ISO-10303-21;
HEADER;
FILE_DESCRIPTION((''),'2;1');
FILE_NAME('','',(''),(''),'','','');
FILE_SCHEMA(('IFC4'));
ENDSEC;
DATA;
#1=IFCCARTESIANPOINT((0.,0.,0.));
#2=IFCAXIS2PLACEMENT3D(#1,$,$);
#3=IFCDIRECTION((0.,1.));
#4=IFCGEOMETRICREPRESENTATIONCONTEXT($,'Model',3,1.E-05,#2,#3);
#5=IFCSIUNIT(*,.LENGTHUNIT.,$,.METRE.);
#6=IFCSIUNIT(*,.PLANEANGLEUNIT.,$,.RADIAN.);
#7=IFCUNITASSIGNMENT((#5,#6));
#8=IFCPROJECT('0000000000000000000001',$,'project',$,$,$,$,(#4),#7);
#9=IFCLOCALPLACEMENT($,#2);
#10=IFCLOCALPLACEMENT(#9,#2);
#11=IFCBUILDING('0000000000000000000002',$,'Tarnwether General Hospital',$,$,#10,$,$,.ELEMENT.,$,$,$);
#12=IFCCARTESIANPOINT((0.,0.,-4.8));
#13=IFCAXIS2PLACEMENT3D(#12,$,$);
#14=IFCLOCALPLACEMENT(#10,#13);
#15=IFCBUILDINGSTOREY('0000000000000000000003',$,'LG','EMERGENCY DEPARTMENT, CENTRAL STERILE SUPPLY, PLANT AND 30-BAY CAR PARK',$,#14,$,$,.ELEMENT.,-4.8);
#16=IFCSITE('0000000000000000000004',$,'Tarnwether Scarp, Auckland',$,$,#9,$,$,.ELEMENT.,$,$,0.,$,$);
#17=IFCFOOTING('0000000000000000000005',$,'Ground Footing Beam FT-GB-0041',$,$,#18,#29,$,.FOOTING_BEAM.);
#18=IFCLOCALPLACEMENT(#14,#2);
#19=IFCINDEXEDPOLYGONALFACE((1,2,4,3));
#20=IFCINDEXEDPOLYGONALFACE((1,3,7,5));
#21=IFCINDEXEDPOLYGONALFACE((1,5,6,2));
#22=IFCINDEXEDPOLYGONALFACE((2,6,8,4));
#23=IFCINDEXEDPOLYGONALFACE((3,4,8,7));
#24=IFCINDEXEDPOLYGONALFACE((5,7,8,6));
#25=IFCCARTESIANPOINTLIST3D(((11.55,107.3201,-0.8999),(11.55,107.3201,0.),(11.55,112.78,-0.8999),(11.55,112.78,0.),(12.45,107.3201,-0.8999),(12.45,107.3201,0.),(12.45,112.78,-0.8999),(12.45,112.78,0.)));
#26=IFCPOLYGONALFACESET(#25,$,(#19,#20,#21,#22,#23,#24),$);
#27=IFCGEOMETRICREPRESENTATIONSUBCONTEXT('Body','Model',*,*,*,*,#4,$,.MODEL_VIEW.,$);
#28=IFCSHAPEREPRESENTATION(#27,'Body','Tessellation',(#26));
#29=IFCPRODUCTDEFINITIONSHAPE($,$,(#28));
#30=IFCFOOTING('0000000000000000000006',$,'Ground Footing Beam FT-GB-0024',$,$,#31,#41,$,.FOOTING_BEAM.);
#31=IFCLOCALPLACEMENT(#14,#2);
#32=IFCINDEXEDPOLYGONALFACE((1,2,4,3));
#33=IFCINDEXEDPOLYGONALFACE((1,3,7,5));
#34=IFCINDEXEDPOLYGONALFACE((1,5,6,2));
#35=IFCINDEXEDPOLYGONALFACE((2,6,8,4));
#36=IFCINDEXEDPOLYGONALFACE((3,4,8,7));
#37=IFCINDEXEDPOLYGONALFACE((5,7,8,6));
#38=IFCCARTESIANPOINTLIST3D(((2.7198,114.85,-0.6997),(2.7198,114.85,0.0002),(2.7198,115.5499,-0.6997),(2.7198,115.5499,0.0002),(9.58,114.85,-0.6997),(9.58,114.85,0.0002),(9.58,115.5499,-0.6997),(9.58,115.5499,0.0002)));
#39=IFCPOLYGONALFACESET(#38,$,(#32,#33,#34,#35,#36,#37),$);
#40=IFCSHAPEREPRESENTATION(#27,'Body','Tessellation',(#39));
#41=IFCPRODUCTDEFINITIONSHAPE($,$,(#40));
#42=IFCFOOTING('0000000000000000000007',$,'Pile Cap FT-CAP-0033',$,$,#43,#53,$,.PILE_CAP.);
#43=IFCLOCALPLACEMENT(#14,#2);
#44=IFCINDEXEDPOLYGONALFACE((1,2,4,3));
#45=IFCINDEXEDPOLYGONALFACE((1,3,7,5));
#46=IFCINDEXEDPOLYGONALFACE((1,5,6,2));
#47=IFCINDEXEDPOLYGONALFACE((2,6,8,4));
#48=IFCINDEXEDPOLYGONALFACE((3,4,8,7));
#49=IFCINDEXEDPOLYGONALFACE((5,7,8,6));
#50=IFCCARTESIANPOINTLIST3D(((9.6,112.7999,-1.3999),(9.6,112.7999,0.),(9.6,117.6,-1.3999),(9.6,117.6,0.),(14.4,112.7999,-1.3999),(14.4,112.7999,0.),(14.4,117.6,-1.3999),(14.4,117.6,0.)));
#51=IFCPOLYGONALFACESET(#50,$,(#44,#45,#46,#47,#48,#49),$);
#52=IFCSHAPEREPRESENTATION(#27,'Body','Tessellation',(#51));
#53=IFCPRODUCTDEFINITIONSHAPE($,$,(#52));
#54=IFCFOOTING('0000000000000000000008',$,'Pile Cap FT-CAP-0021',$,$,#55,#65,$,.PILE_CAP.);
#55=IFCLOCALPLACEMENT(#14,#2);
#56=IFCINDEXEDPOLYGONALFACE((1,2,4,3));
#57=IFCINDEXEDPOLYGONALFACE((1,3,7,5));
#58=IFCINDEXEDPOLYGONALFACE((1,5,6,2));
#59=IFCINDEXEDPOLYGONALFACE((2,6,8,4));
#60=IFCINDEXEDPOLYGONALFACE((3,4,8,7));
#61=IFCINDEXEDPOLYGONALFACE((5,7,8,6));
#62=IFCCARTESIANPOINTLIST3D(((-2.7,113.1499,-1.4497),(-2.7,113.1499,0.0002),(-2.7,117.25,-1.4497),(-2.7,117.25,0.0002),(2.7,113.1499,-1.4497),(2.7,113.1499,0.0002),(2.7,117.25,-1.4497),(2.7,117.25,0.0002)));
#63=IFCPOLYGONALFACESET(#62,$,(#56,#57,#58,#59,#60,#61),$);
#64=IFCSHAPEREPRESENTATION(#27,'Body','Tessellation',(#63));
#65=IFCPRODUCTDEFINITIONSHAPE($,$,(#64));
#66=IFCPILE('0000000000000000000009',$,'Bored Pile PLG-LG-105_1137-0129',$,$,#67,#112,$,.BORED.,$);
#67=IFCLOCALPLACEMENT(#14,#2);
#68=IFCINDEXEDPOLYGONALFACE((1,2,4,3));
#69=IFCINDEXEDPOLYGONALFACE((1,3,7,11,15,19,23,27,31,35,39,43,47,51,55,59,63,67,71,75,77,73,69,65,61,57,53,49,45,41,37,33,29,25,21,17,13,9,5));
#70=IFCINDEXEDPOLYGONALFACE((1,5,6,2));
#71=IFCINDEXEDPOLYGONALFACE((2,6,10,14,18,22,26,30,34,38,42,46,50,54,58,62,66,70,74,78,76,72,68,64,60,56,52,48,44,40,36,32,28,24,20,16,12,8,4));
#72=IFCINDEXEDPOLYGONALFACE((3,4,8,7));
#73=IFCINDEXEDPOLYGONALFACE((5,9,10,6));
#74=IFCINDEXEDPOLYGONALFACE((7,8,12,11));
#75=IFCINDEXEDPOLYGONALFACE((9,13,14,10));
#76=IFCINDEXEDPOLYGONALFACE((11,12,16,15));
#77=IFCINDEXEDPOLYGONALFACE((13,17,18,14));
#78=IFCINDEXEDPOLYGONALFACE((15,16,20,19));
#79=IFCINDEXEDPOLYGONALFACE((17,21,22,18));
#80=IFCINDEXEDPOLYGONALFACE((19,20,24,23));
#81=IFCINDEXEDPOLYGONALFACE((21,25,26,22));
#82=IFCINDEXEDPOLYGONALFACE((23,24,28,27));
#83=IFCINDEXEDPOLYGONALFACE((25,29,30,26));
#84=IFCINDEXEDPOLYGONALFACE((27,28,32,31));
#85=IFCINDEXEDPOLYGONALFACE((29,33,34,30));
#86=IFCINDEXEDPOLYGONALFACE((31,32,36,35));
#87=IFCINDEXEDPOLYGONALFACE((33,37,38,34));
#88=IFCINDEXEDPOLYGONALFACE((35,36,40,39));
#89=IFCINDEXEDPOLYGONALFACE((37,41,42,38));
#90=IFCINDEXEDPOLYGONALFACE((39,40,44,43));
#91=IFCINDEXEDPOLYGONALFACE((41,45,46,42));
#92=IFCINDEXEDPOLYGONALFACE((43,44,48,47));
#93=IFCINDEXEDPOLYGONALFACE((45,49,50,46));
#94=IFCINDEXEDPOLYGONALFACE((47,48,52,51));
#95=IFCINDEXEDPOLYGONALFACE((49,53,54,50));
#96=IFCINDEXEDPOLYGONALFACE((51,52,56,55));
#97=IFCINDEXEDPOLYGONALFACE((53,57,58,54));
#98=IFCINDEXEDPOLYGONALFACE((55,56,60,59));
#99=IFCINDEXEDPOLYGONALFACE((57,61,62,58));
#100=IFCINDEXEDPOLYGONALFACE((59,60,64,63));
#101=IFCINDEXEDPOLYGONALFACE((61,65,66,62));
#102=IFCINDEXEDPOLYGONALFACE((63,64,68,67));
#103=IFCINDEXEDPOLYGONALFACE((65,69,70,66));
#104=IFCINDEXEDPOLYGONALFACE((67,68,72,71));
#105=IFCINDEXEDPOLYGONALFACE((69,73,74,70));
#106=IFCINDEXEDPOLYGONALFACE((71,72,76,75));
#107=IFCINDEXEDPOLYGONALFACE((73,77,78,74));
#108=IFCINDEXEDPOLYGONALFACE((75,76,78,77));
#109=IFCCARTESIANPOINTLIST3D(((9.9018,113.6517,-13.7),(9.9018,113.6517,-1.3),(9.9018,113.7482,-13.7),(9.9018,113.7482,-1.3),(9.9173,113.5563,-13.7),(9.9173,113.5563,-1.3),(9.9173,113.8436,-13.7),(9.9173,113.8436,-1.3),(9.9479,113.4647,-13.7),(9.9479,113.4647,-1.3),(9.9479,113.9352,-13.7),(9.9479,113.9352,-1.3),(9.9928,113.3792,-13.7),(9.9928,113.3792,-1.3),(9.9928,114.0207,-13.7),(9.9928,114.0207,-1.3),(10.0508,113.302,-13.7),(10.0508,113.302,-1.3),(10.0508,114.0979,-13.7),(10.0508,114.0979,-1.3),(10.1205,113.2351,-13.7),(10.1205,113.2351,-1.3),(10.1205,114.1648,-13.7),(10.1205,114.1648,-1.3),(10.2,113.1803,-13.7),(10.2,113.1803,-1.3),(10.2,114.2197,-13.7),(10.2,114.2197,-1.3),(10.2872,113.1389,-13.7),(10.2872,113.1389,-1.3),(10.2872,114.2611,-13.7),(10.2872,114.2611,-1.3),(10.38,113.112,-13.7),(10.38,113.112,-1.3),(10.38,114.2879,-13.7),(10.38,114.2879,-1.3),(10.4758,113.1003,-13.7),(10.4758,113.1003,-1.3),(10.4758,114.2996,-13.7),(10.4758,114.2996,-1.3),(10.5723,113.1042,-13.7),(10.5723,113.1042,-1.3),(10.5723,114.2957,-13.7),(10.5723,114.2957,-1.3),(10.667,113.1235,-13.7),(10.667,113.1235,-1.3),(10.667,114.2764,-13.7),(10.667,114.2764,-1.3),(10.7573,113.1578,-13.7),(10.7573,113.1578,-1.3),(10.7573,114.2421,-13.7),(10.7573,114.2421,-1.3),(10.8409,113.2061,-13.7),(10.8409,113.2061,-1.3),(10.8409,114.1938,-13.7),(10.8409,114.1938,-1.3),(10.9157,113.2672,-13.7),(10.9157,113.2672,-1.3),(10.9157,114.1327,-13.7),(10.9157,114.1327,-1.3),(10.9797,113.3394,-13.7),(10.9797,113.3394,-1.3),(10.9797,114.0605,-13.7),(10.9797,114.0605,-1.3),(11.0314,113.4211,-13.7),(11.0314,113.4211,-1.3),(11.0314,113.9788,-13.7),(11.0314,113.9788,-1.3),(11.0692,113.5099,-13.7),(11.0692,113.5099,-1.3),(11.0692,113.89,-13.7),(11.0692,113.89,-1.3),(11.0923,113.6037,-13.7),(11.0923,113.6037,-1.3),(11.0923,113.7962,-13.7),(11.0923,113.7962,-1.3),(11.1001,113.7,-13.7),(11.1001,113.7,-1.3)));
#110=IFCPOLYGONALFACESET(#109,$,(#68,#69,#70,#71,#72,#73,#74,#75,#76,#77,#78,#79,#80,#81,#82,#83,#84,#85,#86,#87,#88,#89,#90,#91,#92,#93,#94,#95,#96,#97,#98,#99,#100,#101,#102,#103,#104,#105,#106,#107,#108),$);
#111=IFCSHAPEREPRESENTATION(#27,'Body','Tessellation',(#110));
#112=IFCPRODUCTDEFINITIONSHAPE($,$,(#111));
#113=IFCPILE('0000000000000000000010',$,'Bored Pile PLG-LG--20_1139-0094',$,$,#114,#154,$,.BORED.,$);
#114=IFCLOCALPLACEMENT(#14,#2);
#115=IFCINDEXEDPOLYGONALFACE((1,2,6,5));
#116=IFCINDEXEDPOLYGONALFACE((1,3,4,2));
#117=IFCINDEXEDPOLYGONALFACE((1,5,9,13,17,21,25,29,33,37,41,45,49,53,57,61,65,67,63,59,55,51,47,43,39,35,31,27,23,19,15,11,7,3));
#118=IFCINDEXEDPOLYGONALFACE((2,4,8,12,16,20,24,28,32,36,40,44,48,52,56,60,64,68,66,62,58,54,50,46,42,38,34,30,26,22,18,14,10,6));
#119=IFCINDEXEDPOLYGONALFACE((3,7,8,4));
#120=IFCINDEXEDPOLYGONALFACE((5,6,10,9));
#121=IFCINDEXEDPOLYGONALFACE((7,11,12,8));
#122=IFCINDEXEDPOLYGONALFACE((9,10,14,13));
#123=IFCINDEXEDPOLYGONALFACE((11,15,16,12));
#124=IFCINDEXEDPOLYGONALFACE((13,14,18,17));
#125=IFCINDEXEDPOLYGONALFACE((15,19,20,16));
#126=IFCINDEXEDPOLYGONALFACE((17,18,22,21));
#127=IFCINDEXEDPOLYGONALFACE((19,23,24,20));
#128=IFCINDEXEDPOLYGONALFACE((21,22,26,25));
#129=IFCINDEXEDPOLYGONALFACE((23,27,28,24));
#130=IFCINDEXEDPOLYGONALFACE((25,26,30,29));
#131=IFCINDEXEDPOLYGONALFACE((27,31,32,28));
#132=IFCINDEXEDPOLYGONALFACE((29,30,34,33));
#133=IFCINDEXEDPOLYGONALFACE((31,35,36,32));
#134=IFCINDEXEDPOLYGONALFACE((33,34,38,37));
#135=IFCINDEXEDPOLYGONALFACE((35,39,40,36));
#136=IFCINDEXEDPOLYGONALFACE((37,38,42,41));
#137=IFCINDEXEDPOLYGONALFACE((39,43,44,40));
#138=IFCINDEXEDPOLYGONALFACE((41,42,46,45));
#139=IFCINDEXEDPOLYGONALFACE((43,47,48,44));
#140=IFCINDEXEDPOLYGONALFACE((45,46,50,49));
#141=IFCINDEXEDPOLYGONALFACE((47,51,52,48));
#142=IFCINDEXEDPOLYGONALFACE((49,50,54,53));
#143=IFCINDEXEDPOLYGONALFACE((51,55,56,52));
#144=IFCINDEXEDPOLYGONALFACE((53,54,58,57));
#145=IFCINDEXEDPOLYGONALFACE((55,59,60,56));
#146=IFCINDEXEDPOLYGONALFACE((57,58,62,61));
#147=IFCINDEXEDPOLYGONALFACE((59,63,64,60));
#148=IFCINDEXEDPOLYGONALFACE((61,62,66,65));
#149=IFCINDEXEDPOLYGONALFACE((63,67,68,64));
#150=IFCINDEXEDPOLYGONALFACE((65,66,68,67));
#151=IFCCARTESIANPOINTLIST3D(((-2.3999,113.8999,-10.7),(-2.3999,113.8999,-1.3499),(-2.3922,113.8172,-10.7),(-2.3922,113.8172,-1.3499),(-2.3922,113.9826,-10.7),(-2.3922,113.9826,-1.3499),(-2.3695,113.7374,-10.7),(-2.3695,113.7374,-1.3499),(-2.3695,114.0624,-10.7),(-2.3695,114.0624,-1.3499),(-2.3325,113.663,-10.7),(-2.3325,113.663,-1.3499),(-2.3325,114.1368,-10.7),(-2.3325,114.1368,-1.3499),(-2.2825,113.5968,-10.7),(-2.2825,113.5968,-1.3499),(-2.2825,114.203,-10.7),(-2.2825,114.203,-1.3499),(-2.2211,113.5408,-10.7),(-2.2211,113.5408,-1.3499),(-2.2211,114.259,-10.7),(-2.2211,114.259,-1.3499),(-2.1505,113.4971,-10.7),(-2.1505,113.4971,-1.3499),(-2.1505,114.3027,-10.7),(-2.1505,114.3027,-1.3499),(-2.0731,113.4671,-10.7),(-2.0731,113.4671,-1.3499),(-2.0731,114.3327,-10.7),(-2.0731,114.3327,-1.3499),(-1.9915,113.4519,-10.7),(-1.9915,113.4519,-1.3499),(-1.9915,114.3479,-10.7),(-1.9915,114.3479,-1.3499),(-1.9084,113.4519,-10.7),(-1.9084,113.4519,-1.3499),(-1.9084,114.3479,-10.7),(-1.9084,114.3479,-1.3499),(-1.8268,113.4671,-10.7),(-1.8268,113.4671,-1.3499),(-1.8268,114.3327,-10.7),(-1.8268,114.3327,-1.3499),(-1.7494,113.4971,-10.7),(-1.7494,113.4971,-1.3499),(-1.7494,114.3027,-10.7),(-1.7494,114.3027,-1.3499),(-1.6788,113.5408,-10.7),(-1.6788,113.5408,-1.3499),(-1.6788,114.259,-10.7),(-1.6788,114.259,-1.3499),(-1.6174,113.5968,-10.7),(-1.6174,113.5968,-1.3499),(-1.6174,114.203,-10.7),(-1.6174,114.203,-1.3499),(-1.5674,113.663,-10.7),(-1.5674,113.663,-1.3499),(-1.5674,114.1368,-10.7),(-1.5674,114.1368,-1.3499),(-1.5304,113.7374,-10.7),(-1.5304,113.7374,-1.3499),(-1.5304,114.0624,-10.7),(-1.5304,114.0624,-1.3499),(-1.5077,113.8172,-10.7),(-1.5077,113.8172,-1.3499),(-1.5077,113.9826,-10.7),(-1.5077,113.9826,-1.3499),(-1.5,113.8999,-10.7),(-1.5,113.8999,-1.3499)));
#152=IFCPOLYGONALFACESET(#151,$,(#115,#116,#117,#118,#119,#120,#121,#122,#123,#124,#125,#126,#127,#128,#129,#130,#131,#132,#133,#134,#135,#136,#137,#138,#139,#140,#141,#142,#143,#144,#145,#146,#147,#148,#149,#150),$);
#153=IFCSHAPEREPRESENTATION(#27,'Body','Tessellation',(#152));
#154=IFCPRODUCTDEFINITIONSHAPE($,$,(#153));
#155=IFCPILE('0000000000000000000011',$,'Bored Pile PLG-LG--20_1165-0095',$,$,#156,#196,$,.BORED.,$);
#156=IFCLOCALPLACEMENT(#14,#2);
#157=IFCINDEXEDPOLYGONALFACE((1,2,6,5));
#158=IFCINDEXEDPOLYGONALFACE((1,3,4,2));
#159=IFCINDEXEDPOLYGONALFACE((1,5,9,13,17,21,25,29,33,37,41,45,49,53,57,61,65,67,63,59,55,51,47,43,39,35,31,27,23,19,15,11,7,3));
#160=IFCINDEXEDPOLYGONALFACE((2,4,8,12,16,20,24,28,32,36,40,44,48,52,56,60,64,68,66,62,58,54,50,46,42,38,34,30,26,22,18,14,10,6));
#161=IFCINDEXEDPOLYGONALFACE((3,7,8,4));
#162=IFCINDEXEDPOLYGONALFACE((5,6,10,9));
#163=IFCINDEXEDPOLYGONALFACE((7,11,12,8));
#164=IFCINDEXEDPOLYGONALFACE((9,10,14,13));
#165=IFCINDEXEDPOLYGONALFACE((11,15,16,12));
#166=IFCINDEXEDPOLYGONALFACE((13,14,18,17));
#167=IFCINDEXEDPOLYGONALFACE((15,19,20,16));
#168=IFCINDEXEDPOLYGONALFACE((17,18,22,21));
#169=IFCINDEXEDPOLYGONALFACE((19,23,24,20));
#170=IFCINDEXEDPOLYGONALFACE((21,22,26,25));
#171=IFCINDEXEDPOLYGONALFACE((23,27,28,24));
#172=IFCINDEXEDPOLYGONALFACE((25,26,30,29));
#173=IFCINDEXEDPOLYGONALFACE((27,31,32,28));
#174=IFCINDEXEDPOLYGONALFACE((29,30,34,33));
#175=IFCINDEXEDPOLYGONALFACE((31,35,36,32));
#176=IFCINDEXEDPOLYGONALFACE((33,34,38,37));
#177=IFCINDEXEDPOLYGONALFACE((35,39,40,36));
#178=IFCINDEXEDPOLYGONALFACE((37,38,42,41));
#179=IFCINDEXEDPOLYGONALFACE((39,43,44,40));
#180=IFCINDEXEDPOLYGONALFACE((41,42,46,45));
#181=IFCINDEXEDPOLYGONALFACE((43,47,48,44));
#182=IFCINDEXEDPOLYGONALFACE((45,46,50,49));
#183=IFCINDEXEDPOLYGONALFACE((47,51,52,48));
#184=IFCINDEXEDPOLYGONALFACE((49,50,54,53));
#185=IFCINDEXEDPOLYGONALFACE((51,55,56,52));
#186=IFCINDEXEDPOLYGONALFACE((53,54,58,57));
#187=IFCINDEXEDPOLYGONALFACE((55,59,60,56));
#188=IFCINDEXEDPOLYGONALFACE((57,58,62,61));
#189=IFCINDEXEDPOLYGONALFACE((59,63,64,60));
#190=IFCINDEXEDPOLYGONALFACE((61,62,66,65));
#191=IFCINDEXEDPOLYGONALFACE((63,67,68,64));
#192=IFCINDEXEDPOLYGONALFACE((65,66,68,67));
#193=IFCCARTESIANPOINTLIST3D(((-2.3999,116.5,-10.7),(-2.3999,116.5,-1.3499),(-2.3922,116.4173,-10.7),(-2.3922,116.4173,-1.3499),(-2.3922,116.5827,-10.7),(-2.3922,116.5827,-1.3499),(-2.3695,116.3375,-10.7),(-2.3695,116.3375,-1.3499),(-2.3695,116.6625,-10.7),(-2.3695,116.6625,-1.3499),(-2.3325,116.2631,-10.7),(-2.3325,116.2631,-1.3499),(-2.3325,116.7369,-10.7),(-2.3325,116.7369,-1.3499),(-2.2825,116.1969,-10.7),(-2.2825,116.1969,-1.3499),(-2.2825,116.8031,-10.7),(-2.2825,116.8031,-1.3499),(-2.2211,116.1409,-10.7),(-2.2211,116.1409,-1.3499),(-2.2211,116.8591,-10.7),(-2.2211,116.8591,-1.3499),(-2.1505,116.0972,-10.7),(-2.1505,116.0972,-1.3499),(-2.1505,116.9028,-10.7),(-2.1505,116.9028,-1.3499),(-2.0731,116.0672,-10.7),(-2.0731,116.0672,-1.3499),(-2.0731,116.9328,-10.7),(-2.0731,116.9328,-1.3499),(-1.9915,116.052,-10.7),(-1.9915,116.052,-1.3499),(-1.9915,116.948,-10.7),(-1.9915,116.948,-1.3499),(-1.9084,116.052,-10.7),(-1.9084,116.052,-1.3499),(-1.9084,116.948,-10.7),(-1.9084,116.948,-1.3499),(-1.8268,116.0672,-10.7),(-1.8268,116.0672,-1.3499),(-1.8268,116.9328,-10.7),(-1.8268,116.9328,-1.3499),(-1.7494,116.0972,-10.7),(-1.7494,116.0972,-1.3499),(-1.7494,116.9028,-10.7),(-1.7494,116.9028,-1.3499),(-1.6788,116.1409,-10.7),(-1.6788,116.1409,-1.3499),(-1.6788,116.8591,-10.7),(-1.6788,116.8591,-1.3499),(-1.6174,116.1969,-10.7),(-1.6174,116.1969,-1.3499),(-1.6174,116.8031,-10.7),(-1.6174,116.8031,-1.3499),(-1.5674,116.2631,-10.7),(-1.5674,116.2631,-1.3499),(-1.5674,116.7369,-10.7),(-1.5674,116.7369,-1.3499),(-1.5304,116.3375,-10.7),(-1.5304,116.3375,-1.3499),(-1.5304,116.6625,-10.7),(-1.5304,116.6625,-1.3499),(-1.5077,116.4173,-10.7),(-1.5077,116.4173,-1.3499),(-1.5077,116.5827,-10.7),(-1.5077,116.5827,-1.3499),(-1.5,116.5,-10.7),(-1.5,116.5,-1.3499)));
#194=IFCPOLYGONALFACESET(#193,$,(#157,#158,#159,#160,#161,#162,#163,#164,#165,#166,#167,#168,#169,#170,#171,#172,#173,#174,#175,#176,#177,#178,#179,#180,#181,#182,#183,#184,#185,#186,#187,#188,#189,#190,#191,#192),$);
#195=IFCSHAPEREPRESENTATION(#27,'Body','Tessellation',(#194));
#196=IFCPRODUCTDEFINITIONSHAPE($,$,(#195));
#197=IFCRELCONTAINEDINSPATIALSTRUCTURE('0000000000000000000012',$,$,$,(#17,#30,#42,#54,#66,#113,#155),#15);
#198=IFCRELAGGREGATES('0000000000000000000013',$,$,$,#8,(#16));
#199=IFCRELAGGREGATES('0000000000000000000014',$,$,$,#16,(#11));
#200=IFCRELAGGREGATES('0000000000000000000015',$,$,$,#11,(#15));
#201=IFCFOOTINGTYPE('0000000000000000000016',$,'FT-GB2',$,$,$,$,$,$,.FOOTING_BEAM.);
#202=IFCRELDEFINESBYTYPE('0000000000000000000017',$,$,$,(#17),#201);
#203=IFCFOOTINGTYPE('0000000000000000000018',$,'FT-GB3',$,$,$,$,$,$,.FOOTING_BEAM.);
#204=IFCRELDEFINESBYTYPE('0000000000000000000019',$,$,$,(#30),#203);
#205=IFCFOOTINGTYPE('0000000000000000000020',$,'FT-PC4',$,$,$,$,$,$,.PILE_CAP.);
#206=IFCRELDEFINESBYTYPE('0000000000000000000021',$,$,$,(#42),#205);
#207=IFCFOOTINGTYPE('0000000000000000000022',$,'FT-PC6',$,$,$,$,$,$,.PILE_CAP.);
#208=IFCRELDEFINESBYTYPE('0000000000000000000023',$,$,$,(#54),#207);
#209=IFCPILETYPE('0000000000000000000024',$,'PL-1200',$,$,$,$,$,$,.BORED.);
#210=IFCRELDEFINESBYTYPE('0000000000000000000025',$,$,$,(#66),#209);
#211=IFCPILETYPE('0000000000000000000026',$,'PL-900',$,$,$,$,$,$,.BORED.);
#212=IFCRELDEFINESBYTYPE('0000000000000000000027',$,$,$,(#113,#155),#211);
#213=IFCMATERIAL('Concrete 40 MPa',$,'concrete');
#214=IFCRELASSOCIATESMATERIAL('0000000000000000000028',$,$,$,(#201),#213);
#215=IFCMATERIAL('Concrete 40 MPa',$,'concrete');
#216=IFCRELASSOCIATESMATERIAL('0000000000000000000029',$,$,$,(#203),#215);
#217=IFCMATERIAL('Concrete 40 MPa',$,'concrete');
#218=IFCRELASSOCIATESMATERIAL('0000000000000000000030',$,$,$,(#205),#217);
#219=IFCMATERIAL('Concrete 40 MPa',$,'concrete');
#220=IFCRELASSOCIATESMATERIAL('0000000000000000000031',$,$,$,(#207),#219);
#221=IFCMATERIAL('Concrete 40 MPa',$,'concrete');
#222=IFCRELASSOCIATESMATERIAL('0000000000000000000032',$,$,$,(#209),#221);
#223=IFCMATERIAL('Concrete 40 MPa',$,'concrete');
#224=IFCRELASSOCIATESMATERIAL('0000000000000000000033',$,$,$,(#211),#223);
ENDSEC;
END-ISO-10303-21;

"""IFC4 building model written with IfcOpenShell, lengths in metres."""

from ifc_helpers import new_model, si_unit, direction, frame, origin, origin_2d, place, context, subcontext, project, spatial, rectangle, circle, extrude, material, material_profile, profile_set, type_object, element, save


model = new_model("IFC4")

# Units and contexts
model_context = context("Model", 3, precision=1e-05, world=origin(), true_north=direction((0.0, 1.0)))
body_context = subcontext(model_context, "Body", "Model", "MODEL_VIEW")
ifc_project = project(units=[si_unit("LENGTHUNIT", "METRE"), si_unit("PLANEANGLEUNIT", "RADIAN")], contexts=[model_context])

# Site, building, storey
site_placement = place(None, origin())
site = spatial("IfcSite", under=ifc_project, at=site_placement, Name="Tarnwether Scarp, Auckland", CompositionType="ELEMENT", RefElevation=0.0)
building_placement = place(site_placement, origin())
building = spatial("IfcBuilding", under=site, at=building_placement, Name="Tarnwether General Hospital", CompositionType="ELEMENT")
storey_placement = place(building_placement, frame((0.0, 0.0, -4.8)))
storey = spatial("IfcBuildingStorey", under=building, at=storey_placement, Name="LG", Description="EMERGENCY DEPARTMENT, CENTRAL STERILE SUPPLY, PLANT AND 30-BAY CAR PARK", CompositionType="ELEMENT", Elevation=-4.8)

# Footings
ifc_material_1 = material(Name="Concrete 40 MPa", Category="concrete")
footing_type_1 = type_object("IfcFootingType", Name="FT-GB2", PredefinedType="FOOTING_BEAM", material=ifc_material_1)
footing_1_placement = place(storey_placement, frame((12.0, 110.05, -0.8999), z_axis=(0.0, 0.0, 1.0), x_axis=(0.0, 1.0, 0.0)))
element("IfcFooting", 1, at=footing_1_placement, inside=storey, type_object=footing_type_1, Name="Ground Footing Beam FT-GB-0041", PredefinedType="FOOTING_BEAM", context=body_context, shape_type="SweptSolid", body=[
    extrude(rectangle(XDim=5.46, YDim=0.8999, at=origin_2d()), origin(), (0.0, 0.0, 1.0), 0.8999),
])
ifc_material_2 = material(Name="Concrete 40 MPa", Category="concrete")
footing_type_2 = type_object("IfcFootingType", Name="FT-GB3", PredefinedType="FOOTING_BEAM", material=ifc_material_2)
footing_2_placement = place(storey_placement, frame((6.1499, 115.2, -0.6997), z_axis=(0.0, 0.0, 1.0), x_axis=(1.0, 0.0, 0.0)))
element("IfcFooting", 2, at=footing_2_placement, inside=storey, type_object=footing_type_2, Name="Ground Footing Beam FT-GB-0024", PredefinedType="FOOTING_BEAM", context=body_context, shape_type="SweptSolid", body=[
    extrude(rectangle(XDim=6.8601, YDim=0.7, at=origin_2d()), origin(), (0.0, 0.0, 1.0), 0.7),
])
ifc_material_3 = material(Name="Concrete 40 MPa", Category="concrete")
footing_type_3 = type_object("IfcFootingType", Name="FT-PC4", PredefinedType="PILE_CAP", material=ifc_material_3)
footing_3_placement = place(storey_placement, frame((12.0, 115.2, -1.3999), z_axis=(0.0, 0.0, 1.0), x_axis=(0.0, 1.0, 0.0)))
element("IfcFooting", 3, at=footing_3_placement, inside=storey, type_object=footing_type_3, Name="Pile Cap FT-CAP-0033", PredefinedType="PILE_CAP", context=body_context, shape_type="SweptSolid", body=[
    extrude(rectangle(XDim=4.8, YDim=4.8, at=origin_2d()), origin(), (0.0, 0.0, 1.0), 1.3999),
])
ifc_material_4 = material(Name="Concrete 40 MPa", Category="concrete")
footing_type_4 = type_object("IfcFootingType", Name="FT-PC6", PredefinedType="PILE_CAP", material=ifc_material_4)
footing_4_placement = place(storey_placement, frame((0.0, 115.2, -1.4497), z_axis=(0.0, 0.0, 1.0), x_axis=(1.0, 0.0, 0.0)))
element("IfcFooting", 4, at=footing_4_placement, inside=storey, type_object=footing_type_4, Name="Pile Cap FT-CAP-0021", PredefinedType="PILE_CAP", context=body_context, shape_type="SweptSolid", body=[
    extrude(rectangle(XDim=5.3999, YDim=4.1001, at=origin_2d()), origin(), (0.0, 0.0, 1.0), 1.45),
])

# Piles
ifc_material_5 = material(Name="Concrete 40 MPa", Category="concrete")
ifc_material_profile_1 = material_profile(ifc_material_5, circle(Radius=0.6001, at=origin_2d()), Name="PILE-D1200")
ifc_profile_set_1 = profile_set([ifc_material_profile_1], Name="Concrete 40 MPa")
pile_type_1 = type_object("IfcPileType", Name="PL-1200", PredefinedType="BORED", material=ifc_profile_set_1)
pile_placement = place(storey_placement, frame((10.5, 113.7, -1.3), z_axis=(0.0, 0.0, -1.0), x_axis=(1.0, 0.0, 0.0)))
element("IfcPile", 5, at=pile_placement, inside=storey, type_object=pile_type_1, Name="Bored Pile PLG-LG-105_1137-0129", PredefinedType="BORED", context=body_context, shape_type="SweptSolid", body=[
    extrude(circle(Radius=0.6001, at=origin_2d()), origin(), (0.0, 0.0, 1.0), 12.3999),
])
ifc_material_6 = material(Name="Concrete 40 MPa", Category="concrete")
ifc_material_profile_2 = material_profile(ifc_material_6, circle(Radius=0.45, at=origin_2d()), Name="PILE-D900")
ifc_profile_set_2 = profile_set([ifc_material_profile_2], Name="Concrete 40 MPa")
pile_type_2 = type_object("IfcPileType", Name="PL-900", PredefinedType="BORED", material=ifc_profile_set_2)
for number, where, z_axis, x_axis, name in (
    (6, (-1.95, 113.8999, -1.3499), (0.0, 0.0, -1.0), (1.0, 0.0, 0.0), "Bored Pile PLG-LG--20_1139-0094"),
    (7, (-1.95, 116.5, -1.3499), (0.0, 0.0, -1.0), (1.0, 0.0, 0.0), "Bored Pile PLG-LG--20_1165-0095"),
):
    element("IfcPile", number, at=place(storey_placement, frame(where, z_axis=z_axis, x_axis=x_axis)), inside=storey, type_object=pile_type_2, Name=name, PredefinedType="BORED", context=body_context, shape_type="SweptSolid", body=[
        extrude(circle(Radius=0.45, at=origin_2d()), origin(), (0.0, 0.0, 1.0), 9.3501),
    ])

save(model, "model.ifc")
